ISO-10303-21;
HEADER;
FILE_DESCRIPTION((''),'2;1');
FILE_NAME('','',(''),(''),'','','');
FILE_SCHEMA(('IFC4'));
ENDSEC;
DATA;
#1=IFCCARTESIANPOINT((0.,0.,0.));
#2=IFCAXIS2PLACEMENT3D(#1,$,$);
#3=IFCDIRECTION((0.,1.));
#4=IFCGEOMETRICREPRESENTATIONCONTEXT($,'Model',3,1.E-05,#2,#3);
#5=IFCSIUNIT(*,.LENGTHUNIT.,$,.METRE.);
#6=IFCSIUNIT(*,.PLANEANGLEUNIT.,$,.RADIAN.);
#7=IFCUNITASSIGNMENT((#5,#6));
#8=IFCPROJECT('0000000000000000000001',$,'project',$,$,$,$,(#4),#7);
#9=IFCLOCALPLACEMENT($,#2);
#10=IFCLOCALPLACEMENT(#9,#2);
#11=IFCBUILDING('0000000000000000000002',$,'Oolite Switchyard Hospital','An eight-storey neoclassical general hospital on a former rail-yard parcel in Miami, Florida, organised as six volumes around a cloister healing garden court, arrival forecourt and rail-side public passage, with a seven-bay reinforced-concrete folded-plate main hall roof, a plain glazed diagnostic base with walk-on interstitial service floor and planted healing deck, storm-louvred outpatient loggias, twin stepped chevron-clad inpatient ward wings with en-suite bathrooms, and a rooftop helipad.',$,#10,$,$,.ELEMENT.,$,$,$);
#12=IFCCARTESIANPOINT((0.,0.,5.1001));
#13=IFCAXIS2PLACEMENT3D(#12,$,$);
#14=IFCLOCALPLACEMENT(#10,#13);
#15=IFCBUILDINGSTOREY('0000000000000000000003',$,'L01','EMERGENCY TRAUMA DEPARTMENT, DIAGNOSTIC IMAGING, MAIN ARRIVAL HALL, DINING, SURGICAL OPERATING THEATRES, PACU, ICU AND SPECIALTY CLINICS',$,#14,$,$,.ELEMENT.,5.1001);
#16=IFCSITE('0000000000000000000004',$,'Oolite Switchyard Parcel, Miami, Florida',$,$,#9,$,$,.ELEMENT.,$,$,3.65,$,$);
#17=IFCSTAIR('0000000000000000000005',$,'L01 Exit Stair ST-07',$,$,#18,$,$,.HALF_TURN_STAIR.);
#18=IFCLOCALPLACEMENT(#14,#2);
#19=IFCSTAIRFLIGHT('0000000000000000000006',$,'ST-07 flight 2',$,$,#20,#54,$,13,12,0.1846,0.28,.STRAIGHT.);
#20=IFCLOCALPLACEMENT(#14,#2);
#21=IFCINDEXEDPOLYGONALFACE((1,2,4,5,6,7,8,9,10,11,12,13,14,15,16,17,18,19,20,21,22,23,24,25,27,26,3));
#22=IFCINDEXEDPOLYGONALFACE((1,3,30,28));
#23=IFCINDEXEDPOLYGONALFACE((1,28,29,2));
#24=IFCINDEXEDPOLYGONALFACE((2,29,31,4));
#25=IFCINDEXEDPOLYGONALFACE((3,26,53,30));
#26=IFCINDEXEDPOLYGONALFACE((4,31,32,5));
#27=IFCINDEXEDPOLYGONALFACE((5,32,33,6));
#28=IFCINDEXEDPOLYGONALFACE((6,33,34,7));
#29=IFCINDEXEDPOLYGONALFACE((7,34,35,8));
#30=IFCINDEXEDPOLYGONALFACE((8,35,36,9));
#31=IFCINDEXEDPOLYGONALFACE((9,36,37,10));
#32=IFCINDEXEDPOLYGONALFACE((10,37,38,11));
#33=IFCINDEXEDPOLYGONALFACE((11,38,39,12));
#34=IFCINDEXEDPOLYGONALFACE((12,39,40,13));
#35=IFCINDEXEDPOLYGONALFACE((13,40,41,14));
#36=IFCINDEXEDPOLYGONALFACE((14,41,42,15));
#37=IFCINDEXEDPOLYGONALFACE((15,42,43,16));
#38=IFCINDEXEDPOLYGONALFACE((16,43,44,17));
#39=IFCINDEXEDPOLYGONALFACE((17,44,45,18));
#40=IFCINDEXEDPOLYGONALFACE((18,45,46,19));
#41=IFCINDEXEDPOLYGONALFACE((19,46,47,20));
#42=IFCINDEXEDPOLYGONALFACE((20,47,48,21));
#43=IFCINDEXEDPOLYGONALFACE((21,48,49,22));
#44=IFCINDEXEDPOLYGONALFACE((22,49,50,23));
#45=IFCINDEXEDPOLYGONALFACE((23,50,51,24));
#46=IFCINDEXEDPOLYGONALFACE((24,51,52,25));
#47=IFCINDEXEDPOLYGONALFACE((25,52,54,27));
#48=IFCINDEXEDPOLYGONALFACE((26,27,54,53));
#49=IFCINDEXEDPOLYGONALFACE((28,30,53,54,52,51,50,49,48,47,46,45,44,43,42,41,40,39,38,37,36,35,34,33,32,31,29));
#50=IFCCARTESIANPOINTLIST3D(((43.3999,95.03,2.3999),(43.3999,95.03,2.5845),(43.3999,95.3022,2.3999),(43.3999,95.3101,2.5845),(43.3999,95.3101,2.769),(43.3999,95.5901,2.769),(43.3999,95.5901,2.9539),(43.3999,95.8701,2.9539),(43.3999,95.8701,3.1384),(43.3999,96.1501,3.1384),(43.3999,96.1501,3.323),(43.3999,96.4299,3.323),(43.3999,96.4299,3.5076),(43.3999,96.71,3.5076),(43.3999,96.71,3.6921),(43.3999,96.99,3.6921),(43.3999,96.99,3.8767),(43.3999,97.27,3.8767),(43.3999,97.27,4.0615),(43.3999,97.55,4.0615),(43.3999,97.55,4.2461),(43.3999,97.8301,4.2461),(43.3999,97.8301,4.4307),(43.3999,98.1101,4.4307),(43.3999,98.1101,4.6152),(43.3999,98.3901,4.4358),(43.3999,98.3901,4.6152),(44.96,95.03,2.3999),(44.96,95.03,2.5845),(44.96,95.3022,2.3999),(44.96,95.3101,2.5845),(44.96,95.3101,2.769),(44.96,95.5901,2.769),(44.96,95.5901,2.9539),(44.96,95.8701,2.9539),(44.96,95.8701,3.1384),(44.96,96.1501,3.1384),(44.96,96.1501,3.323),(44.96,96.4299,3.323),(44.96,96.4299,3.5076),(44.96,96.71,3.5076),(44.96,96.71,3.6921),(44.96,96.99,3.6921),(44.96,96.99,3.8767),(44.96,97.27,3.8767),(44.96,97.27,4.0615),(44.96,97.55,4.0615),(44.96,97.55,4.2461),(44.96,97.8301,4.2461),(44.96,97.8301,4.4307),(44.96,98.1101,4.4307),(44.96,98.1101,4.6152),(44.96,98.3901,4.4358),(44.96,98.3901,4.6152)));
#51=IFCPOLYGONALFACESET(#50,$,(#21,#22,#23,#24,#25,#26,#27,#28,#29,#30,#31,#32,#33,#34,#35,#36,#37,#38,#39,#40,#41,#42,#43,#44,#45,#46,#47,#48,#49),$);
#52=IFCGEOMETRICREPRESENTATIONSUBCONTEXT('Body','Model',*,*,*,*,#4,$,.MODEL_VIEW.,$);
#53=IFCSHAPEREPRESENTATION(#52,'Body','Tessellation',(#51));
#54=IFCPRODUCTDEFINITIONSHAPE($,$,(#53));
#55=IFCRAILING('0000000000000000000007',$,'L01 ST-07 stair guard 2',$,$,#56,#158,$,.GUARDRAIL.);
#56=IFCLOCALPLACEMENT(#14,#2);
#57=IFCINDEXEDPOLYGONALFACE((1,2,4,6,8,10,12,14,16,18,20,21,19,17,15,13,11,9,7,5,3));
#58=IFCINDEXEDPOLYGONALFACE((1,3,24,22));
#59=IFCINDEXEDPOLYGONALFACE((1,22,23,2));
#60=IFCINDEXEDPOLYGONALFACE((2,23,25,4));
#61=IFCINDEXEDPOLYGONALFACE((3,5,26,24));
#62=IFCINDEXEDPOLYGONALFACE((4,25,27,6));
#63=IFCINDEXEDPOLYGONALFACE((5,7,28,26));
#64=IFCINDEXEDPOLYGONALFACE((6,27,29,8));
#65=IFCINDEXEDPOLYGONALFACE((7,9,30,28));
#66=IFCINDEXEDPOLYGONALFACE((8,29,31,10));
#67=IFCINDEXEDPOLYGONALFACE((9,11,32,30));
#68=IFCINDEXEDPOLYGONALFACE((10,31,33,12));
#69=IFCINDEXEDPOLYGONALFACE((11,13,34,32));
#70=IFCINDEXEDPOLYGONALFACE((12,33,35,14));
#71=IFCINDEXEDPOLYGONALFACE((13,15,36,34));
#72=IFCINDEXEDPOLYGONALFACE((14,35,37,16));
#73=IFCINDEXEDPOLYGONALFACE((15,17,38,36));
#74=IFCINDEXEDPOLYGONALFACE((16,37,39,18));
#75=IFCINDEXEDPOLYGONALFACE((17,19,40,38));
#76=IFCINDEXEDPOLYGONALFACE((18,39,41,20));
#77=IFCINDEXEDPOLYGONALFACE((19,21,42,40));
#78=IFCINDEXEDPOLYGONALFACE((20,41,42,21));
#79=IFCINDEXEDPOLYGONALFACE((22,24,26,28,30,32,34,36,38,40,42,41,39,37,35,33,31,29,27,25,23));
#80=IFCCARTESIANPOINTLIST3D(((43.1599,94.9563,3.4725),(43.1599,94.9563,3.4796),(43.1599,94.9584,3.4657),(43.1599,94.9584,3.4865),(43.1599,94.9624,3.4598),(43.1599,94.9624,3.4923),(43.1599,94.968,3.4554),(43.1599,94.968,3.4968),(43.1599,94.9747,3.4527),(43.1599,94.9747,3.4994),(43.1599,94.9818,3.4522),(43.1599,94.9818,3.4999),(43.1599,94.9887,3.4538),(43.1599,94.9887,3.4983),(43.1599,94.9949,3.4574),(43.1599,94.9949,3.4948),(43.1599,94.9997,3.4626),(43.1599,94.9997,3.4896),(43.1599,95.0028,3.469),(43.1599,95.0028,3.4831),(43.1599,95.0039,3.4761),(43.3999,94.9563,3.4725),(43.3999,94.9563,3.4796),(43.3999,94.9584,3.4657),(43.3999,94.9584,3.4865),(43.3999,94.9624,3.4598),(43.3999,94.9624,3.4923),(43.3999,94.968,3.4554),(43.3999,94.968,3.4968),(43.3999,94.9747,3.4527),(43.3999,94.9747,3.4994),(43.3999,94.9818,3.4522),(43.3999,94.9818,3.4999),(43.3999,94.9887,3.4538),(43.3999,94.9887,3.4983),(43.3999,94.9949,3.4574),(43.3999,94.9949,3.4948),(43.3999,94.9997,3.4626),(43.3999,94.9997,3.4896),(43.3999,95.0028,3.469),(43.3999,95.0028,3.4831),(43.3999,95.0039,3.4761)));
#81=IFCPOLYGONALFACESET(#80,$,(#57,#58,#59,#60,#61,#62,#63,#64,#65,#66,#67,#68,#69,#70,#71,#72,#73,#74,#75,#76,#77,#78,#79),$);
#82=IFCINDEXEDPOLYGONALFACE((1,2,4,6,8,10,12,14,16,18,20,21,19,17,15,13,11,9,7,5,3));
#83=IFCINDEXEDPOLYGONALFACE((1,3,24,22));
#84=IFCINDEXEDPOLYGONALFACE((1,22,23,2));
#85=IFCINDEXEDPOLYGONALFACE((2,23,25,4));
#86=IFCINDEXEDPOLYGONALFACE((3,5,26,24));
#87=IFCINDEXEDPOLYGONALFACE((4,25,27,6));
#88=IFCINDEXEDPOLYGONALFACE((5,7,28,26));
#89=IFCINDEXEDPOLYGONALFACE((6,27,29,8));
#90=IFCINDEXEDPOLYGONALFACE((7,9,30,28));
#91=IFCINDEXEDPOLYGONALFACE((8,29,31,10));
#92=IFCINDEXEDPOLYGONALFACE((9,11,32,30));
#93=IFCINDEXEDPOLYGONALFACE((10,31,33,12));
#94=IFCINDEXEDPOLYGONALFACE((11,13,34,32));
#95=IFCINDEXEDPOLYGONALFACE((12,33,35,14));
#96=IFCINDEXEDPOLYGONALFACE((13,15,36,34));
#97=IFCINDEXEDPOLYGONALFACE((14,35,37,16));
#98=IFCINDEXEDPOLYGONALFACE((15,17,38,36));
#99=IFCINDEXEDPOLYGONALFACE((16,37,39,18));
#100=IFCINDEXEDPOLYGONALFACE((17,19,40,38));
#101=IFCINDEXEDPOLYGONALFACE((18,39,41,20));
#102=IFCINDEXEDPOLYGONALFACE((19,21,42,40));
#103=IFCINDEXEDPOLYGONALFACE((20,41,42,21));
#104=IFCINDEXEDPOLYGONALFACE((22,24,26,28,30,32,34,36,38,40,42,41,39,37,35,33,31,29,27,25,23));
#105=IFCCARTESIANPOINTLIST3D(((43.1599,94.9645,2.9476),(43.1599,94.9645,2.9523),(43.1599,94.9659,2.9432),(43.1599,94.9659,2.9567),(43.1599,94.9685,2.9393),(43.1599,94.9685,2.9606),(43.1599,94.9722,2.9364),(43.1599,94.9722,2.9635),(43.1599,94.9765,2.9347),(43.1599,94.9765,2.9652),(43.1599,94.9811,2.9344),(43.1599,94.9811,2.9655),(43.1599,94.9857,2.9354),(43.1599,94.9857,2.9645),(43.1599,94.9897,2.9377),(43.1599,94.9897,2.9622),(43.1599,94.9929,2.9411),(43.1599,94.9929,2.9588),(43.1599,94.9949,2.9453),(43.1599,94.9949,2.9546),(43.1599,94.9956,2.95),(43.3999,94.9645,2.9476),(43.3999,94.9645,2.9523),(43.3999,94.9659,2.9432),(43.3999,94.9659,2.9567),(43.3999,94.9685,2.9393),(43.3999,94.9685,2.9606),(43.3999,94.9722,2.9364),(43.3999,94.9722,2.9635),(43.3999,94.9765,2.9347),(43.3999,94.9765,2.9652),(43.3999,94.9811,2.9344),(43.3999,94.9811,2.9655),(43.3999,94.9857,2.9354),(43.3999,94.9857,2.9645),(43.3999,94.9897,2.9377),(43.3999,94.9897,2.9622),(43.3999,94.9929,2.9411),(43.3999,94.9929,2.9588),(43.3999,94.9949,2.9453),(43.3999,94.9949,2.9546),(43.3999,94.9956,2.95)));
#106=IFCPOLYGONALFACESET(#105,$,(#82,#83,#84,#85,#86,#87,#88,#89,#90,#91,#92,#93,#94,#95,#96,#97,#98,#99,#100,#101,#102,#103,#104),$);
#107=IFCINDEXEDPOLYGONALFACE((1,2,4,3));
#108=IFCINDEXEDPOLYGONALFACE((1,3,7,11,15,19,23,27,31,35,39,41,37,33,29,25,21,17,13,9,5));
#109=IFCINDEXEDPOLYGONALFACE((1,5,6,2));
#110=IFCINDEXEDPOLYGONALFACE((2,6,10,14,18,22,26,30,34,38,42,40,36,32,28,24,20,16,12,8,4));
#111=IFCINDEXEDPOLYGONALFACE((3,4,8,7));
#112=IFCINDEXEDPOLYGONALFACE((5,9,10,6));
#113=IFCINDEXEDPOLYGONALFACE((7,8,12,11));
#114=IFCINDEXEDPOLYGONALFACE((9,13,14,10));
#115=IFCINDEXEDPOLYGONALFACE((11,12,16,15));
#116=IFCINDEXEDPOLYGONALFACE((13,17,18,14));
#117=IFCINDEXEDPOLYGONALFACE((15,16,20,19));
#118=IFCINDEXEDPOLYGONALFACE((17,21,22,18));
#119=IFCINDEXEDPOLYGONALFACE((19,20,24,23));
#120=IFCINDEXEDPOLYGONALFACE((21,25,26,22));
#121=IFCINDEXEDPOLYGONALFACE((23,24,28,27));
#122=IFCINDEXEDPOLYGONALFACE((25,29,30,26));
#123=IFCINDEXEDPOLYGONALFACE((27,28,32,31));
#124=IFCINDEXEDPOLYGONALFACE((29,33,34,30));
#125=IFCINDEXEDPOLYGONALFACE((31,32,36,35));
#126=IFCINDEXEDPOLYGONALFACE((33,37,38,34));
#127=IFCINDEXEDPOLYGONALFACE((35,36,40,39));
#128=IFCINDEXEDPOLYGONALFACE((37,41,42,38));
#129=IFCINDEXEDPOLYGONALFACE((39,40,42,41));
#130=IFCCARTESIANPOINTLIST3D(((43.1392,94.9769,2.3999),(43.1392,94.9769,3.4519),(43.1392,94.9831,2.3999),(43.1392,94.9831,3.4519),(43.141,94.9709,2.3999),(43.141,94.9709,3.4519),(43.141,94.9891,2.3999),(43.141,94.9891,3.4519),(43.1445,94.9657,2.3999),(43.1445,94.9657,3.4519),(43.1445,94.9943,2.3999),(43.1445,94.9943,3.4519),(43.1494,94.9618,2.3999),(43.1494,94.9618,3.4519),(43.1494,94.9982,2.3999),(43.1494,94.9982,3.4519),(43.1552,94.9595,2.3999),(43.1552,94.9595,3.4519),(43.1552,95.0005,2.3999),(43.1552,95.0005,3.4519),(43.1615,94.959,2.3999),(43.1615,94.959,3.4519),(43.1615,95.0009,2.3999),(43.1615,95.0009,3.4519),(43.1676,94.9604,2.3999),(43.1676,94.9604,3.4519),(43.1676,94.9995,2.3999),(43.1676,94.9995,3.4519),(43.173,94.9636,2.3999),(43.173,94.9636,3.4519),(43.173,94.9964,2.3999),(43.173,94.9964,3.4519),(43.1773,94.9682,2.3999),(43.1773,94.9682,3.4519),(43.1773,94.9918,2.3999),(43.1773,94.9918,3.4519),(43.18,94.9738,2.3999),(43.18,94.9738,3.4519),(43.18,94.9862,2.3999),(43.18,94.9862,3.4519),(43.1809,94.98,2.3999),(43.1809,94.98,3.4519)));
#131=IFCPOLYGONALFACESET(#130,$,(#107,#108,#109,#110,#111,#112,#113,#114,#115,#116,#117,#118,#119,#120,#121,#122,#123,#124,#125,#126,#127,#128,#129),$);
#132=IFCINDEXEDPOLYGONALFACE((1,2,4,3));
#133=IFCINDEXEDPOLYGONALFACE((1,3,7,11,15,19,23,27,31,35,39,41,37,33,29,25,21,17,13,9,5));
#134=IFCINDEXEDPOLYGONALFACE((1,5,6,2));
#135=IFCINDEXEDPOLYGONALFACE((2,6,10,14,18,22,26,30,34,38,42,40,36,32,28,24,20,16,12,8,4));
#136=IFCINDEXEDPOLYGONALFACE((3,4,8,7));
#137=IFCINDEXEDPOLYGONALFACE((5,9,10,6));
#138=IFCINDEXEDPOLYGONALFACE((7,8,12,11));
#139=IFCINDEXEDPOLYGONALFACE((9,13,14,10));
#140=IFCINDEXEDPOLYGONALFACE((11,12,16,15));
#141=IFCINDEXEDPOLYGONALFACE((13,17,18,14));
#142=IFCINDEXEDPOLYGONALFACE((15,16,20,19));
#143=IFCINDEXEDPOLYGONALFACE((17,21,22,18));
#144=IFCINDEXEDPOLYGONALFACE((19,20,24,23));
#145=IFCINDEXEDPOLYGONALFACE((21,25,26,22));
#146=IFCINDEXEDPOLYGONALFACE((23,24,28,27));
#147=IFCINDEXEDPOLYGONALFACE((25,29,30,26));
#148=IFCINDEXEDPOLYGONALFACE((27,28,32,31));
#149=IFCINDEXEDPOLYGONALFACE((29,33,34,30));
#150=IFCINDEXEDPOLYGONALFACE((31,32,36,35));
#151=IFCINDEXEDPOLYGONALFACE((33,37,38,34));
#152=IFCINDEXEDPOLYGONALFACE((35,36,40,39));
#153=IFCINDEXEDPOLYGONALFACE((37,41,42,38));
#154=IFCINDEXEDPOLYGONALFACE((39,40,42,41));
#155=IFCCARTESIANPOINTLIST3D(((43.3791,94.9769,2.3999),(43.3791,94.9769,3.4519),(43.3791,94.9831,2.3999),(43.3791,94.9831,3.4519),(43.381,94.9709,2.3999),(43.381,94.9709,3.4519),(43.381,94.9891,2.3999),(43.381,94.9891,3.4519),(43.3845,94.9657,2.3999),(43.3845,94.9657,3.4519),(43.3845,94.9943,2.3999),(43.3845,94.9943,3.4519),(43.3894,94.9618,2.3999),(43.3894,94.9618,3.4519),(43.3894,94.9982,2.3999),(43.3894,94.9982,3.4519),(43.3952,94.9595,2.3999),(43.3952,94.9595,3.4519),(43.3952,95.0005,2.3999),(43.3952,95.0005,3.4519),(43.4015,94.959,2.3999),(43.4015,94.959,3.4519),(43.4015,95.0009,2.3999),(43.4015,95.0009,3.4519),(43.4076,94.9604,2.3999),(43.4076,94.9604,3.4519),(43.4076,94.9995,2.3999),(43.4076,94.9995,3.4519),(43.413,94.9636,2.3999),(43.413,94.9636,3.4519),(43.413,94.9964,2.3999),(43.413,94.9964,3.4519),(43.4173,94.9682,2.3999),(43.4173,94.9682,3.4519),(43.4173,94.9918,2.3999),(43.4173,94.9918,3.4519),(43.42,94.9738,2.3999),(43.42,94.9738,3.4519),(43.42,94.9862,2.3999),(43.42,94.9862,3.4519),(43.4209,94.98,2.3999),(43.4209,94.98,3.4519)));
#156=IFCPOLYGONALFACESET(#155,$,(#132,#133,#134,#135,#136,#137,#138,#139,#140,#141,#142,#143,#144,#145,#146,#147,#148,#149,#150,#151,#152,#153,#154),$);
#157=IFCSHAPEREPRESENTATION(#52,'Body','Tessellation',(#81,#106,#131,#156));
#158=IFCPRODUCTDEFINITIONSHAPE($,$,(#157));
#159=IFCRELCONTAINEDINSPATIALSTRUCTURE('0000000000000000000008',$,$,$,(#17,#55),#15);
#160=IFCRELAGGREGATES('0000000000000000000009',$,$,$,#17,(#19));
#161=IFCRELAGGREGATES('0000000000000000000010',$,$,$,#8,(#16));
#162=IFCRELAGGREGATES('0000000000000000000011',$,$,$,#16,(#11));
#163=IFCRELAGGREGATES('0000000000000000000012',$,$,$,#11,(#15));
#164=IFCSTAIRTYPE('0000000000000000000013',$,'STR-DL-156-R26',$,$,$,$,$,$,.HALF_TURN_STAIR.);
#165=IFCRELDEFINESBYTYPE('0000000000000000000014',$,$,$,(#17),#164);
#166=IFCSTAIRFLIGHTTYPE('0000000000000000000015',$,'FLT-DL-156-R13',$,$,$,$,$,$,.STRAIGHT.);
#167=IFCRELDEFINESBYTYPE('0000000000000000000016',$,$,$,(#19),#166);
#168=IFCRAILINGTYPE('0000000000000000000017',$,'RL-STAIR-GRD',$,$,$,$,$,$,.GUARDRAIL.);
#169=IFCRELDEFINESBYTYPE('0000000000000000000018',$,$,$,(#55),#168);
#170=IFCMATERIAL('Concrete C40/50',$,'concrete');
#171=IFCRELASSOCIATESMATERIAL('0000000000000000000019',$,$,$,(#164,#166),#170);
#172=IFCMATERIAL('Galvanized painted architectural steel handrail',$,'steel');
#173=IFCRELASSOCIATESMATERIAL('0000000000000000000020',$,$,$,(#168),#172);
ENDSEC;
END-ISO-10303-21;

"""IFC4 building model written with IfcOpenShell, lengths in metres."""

from ifc_helpers import new_model, si_unit, direction, frame, origin, origin_2d, place, context, subcontext, project, spatial, polyline, circle, outline, extrude, material, type_object, element, aggregate, save


model = new_model("IFC4")

# Units and contexts
model_context = context("Model", 3, precision=1e-05, world=origin(), true_north=direction((0.0, 1.0)))
body_context = subcontext(model_context, "Body", "Model", "MODEL_VIEW")
ifc_project = project(units=[si_unit("LENGTHUNIT", "METRE"), si_unit("PLANEANGLEUNIT", "RADIAN")], contexts=[model_context])

# Site, building, storey
site_placement = place(None, origin())
site = spatial("IfcSite", under=ifc_project, at=site_placement, Name="Oolite Switchyard Parcel, Miami, Florida", CompositionType="ELEMENT", RefElevation=3.65)
building_placement = place(site_placement, origin())
building = spatial("IfcBuilding", under=site, at=building_placement, Name="Oolite Switchyard Hospital", Description="An eight-storey neoclassical general hospital on a former rail-yard parcel in Miami, Florida, organised as six volumes around a cloister healing garden court, arrival forecourt and rail-side public passage, with a seven-bay reinforced-concrete folded-plate main hall roof, a plain glazed diagnostic base with walk-on interstitial service floor and planted healing deck, storm-louvred outpatient loggias, twin stepped chevron-clad inpatient ward wings with en-suite bathrooms, and a rooftop helipad.", CompositionType="ELEMENT")
storey_placement = place(building_placement, frame((0.0, 0.0, 5.1001)))
storey = spatial("IfcBuildingStorey", under=building, at=storey_placement, Name="L01", Description="EMERGENCY TRAUMA DEPARTMENT, DIAGNOSTIC IMAGING, MAIN ARRIVAL HALL, DINING, SURGICAL OPERATING THEATRES, PACU, ICU AND SPECIALTY CLINICS", CompositionType="ELEMENT", Elevation=5.1001)

# Shared definitions
ifc_material_1 = material(Name="Concrete C40/50", Category="concrete")

# Stair, stair flight
stair_type = type_object("IfcStairType", Name="STR-DL-156-R26", PredefinedType="HALF_TURN_STAIR", material=ifc_material_1)
stair_placement = place(storey_placement, origin())
stair = element("IfcStair", 1, at=stair_placement, inside=storey, type_object=stair_type, Name="L01 Exit Stair ST-07", PredefinedType="HALF_TURN_STAIR")
stair_flight_type = type_object("IfcStairFlightType", Name="FLT-DL-156-R13", PredefinedType="STRAIGHT", material=ifc_material_1)
stair_flight_placement = place(storey_placement, frame((44.1799, 95.03, 2.3999), z_axis=(0.0, 0.0, 1.0), x_axis=(0.0, 1.0, 0.0)))
stair_flight = element("IfcStairFlight", 2, at=stair_flight_placement, type_object=stair_flight_type, Name="ST-07 flight 2", NumberOfRisers=13, NumberOfTreads=12, PredefinedType="STRAIGHT", RiserHeight=0.1846, TreadLength=0.28, context=body_context, shape_type="SweptSolid", body=[
    extrude(outline(polyline([(0.0, 0.0), (0.0, 0.1846), (0.28, 0.1846), (0.28, 0.3691), (0.5601, 0.3691), (0.5601, 0.554), (0.8401, 0.554), (0.8401, 0.7385), (1.1201, 0.7385), (1.1201, 0.9231), (1.3999, 0.9231), (1.3999, 1.1077), (1.6799, 1.1077), (1.6799, 1.2922), (1.96, 1.2922), (1.96, 1.4768), (2.24, 1.4768), (2.24, 1.6616), (2.52, 1.6616), (2.52, 1.8462), (2.8, 1.8462), (2.8, 2.0308), (3.0801, 2.0308), (3.0801, 2.2153), (3.3601, 2.2153), (3.3601, 2.3999), (3.3601, 2.0359), (0.2722, 0.0), (0.0, 0.0)])), frame((0.0, 0.78, 0.0), z_axis=(0.0, -1.0, 0.0), x_axis=(1.0, 0.0, 0.0)), (0.0, 0.0, 1.0), 1.5601),
])
aggregate(stair, [stair_flight])

# Railing
ifc_material_2 = material(Name="Galvanized painted architectural steel handrail", Category="steel")
railing_type_1 = type_object("IfcRailingType", Name="RL-STAIR-GRD", PredefinedType="GUARDRAIL", material=ifc_material_2)
railing_1_placement = place(storey_placement, frame((43.1599, 94.98, 2.3999)))
element("IfcRailing", 3, at=railing_1_placement, inside=storey, type_object=railing_type_1, Name="L01 ST-07 stair guard 2", PredefinedType="GUARDRAIL", context=body_context, shape_type="SweptSolid", body=[
    extrude(circle(Radius=0.0239, at=origin_2d()), frame((0.0, 0.0, 1.0762), z_axis=(1.0, 0.0, 0.0), x_axis=(0.0, 1.0, 0.0)), (0.0, 0.0, 1.0), 0.24),
    extrude(circle(Radius=0.0156, at=origin_2d()), frame((0.0, 0.0, 0.55), z_axis=(1.0, 0.0, 0.0), x_axis=(0.0, 1.0, 0.0)), (0.0, 0.0, 1.0), 0.24),
    extrude(circle(Radius=0.021, at=origin_2d()), origin(), (0.0, 0.0, 1.0), 1.052),
    extrude(circle(Radius=0.021, at=origin_2d()), frame((0.24, 0.0, 0.0)), (0.0, 0.0, 1.0), 1.052),
])

save(model, "model.ifc")
